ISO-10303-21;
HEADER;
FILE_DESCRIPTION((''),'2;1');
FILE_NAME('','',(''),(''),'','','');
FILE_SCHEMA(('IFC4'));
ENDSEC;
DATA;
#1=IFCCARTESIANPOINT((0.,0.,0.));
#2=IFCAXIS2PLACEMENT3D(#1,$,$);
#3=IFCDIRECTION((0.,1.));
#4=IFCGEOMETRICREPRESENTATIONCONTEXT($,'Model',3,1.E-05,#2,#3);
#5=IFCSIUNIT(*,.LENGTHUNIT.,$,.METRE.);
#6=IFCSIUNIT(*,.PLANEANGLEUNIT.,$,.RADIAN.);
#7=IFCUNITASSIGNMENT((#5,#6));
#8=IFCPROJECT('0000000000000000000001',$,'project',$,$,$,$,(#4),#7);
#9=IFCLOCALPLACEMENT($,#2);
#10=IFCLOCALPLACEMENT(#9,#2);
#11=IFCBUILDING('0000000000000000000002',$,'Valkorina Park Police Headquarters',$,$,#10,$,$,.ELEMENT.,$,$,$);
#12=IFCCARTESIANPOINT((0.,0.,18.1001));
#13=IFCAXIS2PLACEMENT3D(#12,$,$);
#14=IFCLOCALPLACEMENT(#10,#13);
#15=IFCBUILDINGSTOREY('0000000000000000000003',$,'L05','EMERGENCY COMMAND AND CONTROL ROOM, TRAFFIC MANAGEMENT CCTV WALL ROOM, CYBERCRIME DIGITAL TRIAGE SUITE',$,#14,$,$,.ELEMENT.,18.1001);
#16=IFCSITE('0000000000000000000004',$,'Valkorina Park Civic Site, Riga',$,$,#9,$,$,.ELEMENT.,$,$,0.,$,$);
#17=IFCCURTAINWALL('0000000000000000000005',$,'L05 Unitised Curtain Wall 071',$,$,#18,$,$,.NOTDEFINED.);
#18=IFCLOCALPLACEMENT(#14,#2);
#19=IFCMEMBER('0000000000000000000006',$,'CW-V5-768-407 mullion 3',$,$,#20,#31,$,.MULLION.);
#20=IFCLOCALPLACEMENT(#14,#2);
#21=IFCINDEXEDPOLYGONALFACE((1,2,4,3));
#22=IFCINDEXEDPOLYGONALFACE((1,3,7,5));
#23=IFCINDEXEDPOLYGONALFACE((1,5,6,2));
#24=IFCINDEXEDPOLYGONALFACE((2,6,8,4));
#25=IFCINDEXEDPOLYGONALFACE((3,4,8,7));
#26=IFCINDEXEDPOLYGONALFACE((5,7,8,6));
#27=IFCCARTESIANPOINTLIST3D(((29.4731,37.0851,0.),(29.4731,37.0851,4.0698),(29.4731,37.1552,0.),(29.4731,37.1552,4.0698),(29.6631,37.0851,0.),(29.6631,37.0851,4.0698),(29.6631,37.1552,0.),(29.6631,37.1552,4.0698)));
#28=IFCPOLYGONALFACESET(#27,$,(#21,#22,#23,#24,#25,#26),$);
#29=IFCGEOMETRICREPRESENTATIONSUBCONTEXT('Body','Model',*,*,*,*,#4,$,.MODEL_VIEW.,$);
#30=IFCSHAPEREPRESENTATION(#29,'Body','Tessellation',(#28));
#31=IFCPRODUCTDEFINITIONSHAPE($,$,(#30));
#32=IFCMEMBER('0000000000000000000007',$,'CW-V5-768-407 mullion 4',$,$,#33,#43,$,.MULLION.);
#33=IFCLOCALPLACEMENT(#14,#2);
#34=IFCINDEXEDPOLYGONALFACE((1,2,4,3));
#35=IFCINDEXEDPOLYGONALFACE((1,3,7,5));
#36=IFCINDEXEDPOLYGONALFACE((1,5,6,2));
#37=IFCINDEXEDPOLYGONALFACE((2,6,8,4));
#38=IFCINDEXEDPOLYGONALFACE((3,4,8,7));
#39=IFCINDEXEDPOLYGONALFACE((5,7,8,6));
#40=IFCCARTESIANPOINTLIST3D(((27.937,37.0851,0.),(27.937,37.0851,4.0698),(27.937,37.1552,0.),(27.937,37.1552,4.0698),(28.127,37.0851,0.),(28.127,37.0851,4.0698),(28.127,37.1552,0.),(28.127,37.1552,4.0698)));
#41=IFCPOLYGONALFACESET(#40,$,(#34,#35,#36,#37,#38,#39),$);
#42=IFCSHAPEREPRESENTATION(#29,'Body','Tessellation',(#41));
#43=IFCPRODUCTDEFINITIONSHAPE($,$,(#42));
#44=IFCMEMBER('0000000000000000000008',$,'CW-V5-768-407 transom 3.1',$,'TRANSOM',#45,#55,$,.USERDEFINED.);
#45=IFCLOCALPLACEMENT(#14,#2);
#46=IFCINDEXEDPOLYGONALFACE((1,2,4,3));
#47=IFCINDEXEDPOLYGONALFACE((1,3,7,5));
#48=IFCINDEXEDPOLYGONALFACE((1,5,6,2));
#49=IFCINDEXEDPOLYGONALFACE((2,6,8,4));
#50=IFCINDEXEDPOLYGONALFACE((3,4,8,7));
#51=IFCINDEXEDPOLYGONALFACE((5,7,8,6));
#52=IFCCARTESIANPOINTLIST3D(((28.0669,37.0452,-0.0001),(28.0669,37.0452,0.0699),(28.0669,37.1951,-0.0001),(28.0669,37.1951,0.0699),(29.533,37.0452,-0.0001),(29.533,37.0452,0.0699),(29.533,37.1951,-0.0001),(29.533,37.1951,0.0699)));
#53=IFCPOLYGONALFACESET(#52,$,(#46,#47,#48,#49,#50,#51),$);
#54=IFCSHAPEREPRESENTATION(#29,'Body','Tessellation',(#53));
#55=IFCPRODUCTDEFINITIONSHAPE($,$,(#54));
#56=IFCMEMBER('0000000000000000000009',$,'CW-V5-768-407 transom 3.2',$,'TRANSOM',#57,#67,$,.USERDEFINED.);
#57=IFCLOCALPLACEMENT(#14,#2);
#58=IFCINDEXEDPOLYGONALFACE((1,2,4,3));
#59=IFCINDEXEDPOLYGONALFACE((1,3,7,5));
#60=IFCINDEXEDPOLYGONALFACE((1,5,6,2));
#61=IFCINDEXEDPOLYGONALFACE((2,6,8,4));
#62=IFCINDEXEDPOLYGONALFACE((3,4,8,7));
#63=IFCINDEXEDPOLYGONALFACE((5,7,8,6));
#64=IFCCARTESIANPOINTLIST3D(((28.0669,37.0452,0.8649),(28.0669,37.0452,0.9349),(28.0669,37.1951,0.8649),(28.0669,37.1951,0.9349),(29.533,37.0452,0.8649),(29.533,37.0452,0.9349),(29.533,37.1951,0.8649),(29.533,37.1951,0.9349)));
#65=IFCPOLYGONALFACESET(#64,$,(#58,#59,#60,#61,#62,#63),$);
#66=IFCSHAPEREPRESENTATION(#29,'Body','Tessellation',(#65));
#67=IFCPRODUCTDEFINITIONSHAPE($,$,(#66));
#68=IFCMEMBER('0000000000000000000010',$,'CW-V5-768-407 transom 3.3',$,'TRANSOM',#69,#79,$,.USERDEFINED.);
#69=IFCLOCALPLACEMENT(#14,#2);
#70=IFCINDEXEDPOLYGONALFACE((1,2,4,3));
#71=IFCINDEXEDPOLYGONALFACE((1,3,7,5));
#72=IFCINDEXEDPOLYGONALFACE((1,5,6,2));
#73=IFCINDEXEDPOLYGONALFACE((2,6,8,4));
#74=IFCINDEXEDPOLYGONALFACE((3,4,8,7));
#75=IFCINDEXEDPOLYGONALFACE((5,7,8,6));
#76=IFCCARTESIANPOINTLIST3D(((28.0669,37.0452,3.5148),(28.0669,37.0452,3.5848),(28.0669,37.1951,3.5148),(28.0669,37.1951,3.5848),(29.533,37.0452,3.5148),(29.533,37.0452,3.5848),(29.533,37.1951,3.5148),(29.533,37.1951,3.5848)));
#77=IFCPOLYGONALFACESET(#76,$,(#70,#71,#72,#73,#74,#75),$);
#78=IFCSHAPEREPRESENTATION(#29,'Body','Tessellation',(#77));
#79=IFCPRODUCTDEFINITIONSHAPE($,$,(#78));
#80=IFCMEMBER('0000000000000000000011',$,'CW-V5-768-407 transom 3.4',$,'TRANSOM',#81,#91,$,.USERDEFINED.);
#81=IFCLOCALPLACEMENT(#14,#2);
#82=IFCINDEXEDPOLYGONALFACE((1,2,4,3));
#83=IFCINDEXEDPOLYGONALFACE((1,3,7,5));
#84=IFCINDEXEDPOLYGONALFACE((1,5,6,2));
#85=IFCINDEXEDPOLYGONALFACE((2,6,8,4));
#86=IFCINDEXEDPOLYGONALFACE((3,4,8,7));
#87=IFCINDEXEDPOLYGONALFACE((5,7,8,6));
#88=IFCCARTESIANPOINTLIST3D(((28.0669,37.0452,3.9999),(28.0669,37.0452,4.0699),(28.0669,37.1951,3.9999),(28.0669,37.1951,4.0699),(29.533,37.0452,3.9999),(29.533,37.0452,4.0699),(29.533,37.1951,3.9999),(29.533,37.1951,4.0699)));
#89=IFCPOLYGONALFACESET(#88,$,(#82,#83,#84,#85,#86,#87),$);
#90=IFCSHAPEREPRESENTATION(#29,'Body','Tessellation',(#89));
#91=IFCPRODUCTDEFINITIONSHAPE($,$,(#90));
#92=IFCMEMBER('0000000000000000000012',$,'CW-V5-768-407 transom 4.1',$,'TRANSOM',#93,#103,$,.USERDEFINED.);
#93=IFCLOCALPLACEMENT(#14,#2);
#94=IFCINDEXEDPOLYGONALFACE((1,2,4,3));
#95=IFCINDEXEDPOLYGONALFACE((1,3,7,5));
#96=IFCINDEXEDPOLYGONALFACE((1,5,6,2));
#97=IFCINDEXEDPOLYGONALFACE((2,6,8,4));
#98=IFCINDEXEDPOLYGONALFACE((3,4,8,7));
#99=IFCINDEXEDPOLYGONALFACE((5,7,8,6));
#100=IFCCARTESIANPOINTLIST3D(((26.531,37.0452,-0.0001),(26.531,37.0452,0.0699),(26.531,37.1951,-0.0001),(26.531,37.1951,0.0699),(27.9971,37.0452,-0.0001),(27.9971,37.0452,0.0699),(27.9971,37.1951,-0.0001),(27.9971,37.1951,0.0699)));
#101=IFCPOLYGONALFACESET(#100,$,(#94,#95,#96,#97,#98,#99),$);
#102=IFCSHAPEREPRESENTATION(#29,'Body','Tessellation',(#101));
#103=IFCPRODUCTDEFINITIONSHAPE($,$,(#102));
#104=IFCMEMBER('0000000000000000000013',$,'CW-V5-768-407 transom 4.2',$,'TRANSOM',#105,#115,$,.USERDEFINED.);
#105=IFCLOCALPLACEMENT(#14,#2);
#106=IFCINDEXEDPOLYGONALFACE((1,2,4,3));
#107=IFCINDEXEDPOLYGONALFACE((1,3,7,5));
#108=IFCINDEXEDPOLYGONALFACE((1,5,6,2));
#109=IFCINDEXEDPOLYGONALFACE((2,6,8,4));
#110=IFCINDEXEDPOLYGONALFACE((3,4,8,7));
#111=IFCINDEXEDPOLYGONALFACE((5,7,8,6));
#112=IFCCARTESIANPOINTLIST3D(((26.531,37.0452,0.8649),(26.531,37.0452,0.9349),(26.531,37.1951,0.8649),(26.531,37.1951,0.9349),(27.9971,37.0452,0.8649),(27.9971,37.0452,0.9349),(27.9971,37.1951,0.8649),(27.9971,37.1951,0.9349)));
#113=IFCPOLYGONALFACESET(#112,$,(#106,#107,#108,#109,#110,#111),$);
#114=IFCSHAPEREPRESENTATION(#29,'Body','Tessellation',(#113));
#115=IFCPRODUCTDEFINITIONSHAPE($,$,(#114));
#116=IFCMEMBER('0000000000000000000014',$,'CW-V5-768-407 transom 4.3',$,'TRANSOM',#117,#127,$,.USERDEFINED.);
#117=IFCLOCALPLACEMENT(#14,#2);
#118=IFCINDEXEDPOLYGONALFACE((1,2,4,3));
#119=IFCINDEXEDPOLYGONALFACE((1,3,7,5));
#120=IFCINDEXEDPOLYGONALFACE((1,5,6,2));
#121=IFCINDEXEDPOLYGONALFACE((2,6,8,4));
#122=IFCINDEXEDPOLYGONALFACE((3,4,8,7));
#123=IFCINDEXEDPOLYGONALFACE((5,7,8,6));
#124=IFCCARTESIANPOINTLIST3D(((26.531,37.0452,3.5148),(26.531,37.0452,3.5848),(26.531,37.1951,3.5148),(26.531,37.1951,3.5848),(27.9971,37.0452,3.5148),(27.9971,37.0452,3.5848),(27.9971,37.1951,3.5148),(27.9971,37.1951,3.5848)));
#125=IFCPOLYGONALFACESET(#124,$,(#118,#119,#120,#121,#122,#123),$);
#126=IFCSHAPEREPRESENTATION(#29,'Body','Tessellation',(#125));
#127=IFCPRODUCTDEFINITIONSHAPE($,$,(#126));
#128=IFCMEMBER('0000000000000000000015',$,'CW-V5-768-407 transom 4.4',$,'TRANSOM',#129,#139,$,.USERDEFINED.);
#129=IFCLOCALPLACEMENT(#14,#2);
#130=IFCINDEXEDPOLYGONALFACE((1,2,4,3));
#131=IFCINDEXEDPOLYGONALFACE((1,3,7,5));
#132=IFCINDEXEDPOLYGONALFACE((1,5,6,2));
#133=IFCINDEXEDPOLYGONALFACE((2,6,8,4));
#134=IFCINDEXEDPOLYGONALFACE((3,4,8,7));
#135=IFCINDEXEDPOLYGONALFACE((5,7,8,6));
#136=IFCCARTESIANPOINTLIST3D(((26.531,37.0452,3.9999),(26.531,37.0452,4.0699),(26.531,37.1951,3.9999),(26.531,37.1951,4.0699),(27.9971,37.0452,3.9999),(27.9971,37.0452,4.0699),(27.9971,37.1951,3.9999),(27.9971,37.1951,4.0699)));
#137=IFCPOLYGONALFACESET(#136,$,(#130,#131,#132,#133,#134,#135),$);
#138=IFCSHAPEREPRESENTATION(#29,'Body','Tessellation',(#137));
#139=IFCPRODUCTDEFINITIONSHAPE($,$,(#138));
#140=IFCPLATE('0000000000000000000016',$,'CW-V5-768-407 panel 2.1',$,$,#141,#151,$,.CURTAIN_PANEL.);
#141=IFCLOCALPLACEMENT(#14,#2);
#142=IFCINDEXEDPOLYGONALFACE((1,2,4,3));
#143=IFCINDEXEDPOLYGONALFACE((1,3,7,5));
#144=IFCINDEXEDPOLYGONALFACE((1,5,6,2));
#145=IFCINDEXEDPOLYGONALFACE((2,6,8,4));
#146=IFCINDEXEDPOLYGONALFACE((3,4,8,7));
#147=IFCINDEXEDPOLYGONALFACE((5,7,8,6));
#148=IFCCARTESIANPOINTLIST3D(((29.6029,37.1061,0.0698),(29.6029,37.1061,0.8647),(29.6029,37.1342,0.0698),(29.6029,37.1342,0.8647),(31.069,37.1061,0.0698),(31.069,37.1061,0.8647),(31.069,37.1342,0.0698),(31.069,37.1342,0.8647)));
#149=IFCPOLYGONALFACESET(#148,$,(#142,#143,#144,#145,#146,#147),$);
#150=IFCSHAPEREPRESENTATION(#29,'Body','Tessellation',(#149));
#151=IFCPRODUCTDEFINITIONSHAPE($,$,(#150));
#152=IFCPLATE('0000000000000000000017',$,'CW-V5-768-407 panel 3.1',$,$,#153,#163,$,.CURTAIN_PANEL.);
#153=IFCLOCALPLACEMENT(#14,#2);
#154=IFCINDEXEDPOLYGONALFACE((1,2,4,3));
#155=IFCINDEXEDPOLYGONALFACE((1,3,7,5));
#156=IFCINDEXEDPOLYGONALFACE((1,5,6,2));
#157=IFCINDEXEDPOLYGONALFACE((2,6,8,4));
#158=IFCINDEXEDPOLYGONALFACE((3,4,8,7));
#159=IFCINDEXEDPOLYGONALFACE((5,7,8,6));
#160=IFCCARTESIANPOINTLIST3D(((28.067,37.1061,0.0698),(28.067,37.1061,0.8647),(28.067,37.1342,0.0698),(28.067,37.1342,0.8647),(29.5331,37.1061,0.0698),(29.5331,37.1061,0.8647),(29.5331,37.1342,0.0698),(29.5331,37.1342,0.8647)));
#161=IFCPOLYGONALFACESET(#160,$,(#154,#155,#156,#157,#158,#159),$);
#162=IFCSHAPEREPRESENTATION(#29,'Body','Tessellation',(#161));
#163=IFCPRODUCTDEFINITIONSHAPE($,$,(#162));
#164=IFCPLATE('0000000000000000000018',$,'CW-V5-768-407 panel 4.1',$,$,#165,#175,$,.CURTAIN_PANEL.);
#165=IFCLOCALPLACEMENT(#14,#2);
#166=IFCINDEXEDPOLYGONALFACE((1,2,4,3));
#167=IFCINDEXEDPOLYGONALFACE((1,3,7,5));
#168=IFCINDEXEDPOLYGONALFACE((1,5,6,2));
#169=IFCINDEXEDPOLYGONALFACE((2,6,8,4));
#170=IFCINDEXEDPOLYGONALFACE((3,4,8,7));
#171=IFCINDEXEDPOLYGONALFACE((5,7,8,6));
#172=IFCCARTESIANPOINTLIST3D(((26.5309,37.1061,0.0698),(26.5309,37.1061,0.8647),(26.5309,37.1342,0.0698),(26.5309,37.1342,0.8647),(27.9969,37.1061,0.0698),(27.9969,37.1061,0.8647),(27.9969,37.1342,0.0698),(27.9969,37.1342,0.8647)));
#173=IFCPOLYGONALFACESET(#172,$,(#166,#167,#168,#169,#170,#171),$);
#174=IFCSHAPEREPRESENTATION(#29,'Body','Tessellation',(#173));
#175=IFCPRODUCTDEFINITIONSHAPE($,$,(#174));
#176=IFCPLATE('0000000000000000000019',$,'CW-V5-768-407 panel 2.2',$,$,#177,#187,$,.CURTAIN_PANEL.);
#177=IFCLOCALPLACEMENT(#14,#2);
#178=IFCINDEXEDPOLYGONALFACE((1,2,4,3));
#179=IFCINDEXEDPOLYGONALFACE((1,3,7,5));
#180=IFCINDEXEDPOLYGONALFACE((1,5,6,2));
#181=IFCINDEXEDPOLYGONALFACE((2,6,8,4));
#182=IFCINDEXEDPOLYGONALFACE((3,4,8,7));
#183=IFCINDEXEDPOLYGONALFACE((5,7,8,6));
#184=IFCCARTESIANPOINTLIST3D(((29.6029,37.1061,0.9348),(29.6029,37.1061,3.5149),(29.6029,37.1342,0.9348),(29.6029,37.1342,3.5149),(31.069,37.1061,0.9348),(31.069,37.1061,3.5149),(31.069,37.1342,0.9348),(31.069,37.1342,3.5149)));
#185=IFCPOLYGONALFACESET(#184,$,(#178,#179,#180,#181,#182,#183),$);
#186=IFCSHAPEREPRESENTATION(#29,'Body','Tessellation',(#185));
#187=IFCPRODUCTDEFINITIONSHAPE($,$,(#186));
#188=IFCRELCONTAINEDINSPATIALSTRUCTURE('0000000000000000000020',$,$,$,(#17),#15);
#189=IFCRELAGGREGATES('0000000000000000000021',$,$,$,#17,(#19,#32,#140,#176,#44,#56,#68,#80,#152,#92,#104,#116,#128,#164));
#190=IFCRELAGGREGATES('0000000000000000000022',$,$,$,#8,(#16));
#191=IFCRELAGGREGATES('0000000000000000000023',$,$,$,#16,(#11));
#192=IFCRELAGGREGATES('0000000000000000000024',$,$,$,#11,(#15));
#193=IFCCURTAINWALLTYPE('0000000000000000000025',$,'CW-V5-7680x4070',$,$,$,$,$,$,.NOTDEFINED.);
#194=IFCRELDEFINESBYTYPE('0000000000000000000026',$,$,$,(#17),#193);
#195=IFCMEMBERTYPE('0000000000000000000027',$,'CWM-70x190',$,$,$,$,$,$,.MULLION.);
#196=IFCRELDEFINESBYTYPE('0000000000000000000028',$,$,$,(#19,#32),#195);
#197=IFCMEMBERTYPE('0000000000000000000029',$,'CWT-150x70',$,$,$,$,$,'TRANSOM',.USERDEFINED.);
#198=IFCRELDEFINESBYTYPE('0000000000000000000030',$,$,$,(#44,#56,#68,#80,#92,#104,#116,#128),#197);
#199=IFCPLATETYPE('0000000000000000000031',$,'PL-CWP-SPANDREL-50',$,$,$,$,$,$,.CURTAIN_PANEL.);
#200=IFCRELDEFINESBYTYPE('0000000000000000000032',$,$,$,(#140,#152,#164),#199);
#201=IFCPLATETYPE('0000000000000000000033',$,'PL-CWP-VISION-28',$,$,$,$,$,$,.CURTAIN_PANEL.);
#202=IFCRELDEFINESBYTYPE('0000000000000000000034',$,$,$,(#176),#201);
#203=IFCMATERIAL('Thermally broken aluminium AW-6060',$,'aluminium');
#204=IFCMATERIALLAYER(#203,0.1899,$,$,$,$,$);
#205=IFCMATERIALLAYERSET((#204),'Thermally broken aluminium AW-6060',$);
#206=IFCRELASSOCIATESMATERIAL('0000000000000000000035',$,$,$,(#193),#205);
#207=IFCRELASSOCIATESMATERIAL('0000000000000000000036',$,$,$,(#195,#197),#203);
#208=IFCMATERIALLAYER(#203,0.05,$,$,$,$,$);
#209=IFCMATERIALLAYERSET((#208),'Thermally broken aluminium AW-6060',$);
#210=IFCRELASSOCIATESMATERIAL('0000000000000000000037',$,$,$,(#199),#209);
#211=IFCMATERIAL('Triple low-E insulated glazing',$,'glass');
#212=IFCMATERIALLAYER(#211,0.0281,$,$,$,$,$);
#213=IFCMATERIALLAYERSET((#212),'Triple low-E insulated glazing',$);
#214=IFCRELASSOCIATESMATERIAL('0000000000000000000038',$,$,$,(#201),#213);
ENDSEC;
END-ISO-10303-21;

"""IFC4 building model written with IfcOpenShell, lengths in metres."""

from ifc_helpers import new_model, si_unit, direction, frame, origin, origin_2d, place, context, subcontext, project, spatial, rectangle, extrude, material, layer, layer_set, material_profile, profile_set, type_object, element, aggregate, save


model = new_model("IFC4")

# Units and contexts
model_context = context("Model", 3, precision=1e-05, world=origin(), true_north=direction((0.0, 1.0)))
body_context = subcontext(model_context, "Body", "Model", "MODEL_VIEW")
ifc_project = project(units=[si_unit("LENGTHUNIT", "METRE"), si_unit("PLANEANGLEUNIT", "RADIAN")], contexts=[model_context])

# Site, building, storey
site_placement = place(None, origin())
site = spatial("IfcSite", under=ifc_project, at=site_placement, Name="Valkorina Park Civic Site, Riga", CompositionType="ELEMENT", RefElevation=0.0)
building_placement = place(site_placement, origin())
building = spatial("IfcBuilding", under=site, at=building_placement, Name="Valkorina Park Police Headquarters", CompositionType="ELEMENT")
storey_placement = place(building_placement, frame((0.0, 0.0, 18.1001)))
storey = spatial("IfcBuildingStorey", under=building, at=storey_placement, Name="L05", Description="EMERGENCY COMMAND AND CONTROL ROOM, TRAFFIC MANAGEMENT CCTV WALL ROOM, CYBERCRIME DIGITAL TRIAGE SUITE", CompositionType="ELEMENT", Elevation=18.1001)

# Curtain wall, members, plates
ifc_material_1 = material(Name="Thermally broken aluminium AW-6060", Category="aluminium")
ifc_layer_1 = layer(ifc_material_1, 0.1899)
ifc_layer_set_1 = layer_set([ifc_layer_1], Name="Thermally broken aluminium AW-6060")
curtain_wall_type = type_object("IfcCurtainWallType", Name="CW-V5-7680x4070", PredefinedType="NOTDEFINED", material=ifc_layer_set_1)
curtain_wall_placement = place(storey_placement, origin())
curtain_wall = element("IfcCurtainWall", 1, at=curtain_wall_placement, inside=storey, type_object=curtain_wall_type, Name="L05 Unitised Curtain Wall 071", PredefinedType="NOTDEFINED")
ifc_material_profile_1 = material_profile(ifc_material_1, rectangle(XDim=0.0701, YDim=0.1899, at=origin_2d()), Name="CWM-02 70x190")
ifc_profile_set_1 = profile_set([ifc_material_profile_1], Name="Thermally broken aluminium AW-6060")
member_type_1 = type_object("IfcMemberType", Name="CWM-70x190", PredefinedType="MULLION", material=ifc_profile_set_1)
member_1_placement = place(storey_placement, frame((29.5681, 37.1201, 0.0), z_axis=(0.0, 0.0, 1.0), x_axis=(0.0, -1.0, 0.0)))
member_1 = element("IfcMember", 2, at=member_1_placement, type_object=member_type_1, Name="CW-V5-768-407 mullion 3", PredefinedType="MULLION", context=body_context, shape_type="SweptSolid", body=[
    extrude(rectangle(XDim=0.0701, YDim=0.1899, at=origin_2d()), origin(), (0.0, 0.0, 1.0), 4.0698),
])
member_2_placement = place(storey_placement, frame((28.032, 37.1201, 0.0), z_axis=(0.0, 0.0, 1.0), x_axis=(0.0, -1.0, 0.0)))
member_2 = element("IfcMember", 3, at=member_2_placement, type_object=member_type_1, Name="CW-V5-768-407 mullion 4", PredefinedType="MULLION", context=body_context, shape_type="SweptSolid", body=[
    extrude(rectangle(XDim=0.0701, YDim=0.1899, at=origin_2d()), origin(), (0.0, 0.0, 1.0), 4.0698),
])
ifc_material_profile_2 = material_profile(ifc_material_1, rectangle(XDim=0.1499, YDim=0.0701, at=origin_2d()), Name="CWT-02 150x70")
ifc_profile_set_2 = profile_set([ifc_material_profile_2], Name="Thermally broken aluminium AW-6060")
member_type_2 = type_object("IfcMemberType", Name="CWT-150x70", ElementType="TRANSOM", PredefinedType="USERDEFINED", material=ifc_profile_set_2)
member_3_placement = place(storey_placement, frame((29.533, 37.1201, 0.0349), z_axis=(-1.0, 0.0, 0.0), x_axis=(0.0, -1.0, 0.0)))
member_3 = element("IfcMember", 4, at=member_3_placement, type_object=member_type_2, Name="CW-V5-768-407 transom 3.1", ObjectType="TRANSOM", PredefinedType="USERDEFINED", context=body_context, shape_type="SweptSolid", body=[
    extrude(rectangle(XDim=0.1499, YDim=0.0701, at=origin_2d()), origin(), (0.0, 0.0, 1.0), 1.4661),
])
member_4_placement = place(storey_placement, frame((29.533, 37.1201, 0.8999), z_axis=(-1.0, 0.0, 0.0), x_axis=(0.0, -1.0, 0.0)))
member_4 = element("IfcMember", 5, at=member_4_placement, type_object=member_type_2, Name="CW-V5-768-407 transom 3.2", ObjectType="TRANSOM", PredefinedType="USERDEFINED", context=body_context, shape_type="SweptSolid", body=[
    extrude(rectangle(XDim=0.1499, YDim=0.0701, at=origin_2d()), origin(), (0.0, 0.0, 1.0), 1.4661),
])
member_5_placement = place(storey_placement, frame((29.533, 37.1201, 3.5498), z_axis=(-1.0, 0.0, 0.0), x_axis=(0.0, -1.0, 0.0)))
member_5 = element("IfcMember", 6, at=member_5_placement, type_object=member_type_2, Name="CW-V5-768-407 transom 3.3", ObjectType="TRANSOM", PredefinedType="USERDEFINED", context=body_context, shape_type="SweptSolid", body=[
    extrude(rectangle(XDim=0.1499, YDim=0.0701, at=origin_2d()), origin(), (0.0, 0.0, 1.0), 1.4661),
])
member_6_placement = place(storey_placement, frame((29.533, 37.1201, 4.0349), z_axis=(-1.0, 0.0, 0.0), x_axis=(0.0, -1.0, 0.0)))
member_6 = element("IfcMember", 7, at=member_6_placement, type_object=member_type_2, Name="CW-V5-768-407 transom 3.4", ObjectType="TRANSOM", PredefinedType="USERDEFINED", context=body_context, shape_type="SweptSolid", body=[
    extrude(rectangle(XDim=0.1499, YDim=0.0701, at=origin_2d()), origin(), (0.0, 0.0, 1.0), 1.4661),
])
member_7_placement = place(storey_placement, frame((27.9971, 37.1201, 0.0349), z_axis=(-1.0, 0.0, 0.0), x_axis=(0.0, -1.0, 0.0)))
member_7 = element("IfcMember", 8, at=member_7_placement, type_object=member_type_2, Name="CW-V5-768-407 transom 4.1", ObjectType="TRANSOM", PredefinedType="USERDEFINED", context=body_context, shape_type="SweptSolid", body=[
    extrude(rectangle(XDim=0.1499, YDim=0.0701, at=origin_2d()), origin(), (0.0, 0.0, 1.0), 1.4661),
])
member_8_placement = place(storey_placement, frame((27.9971, 37.1201, 0.8999), z_axis=(-1.0, 0.0, 0.0), x_axis=(0.0, -1.0, 0.0)))
member_8 = element("IfcMember", 9, at=member_8_placement, type_object=member_type_2, Name="CW-V5-768-407 transom 4.2", ObjectType="TRANSOM", PredefinedType="USERDEFINED", context=body_context, shape_type="SweptSolid", body=[
    extrude(rectangle(XDim=0.1499, YDim=0.0701, at=origin_2d()), origin(), (0.0, 0.0, 1.0), 1.4661),
])
member_9_placement = place(storey_placement, frame((27.9971, 37.1201, 3.5498), z_axis=(-1.0, 0.0, 0.0), x_axis=(0.0, -1.0, 0.0)))
member_9 = element("IfcMember", 10, at=member_9_placement, type_object=member_type_2, Name="CW-V5-768-407 transom 4.3", ObjectType="TRANSOM", PredefinedType="USERDEFINED", context=body_context, shape_type="SweptSolid", body=[
    extrude(rectangle(XDim=0.1499, YDim=0.0701, at=origin_2d()), origin(), (0.0, 0.0, 1.0), 1.4661),
])
member_10_placement = place(storey_placement, frame((27.9971, 37.1201, 4.0349), z_axis=(-1.0, 0.0, 0.0), x_axis=(0.0, -1.0, 0.0)))
member_10 = element("IfcMember", 11, at=member_10_placement, type_object=member_type_2, Name="CW-V5-768-407 transom 4.4", ObjectType="TRANSOM", PredefinedType="USERDEFINED", context=body_context, shape_type="SweptSolid", body=[
    extrude(rectangle(XDim=0.1499, YDim=0.0701, at=origin_2d()), origin(), (0.0, 0.0, 1.0), 1.4661),
])
ifc_layer_2 = layer(ifc_material_1, 0.05)
ifc_layer_set_2 = layer_set([ifc_layer_2], Name="Thermally broken aluminium AW-6060")
plate_type_1 = type_object("IfcPlateType", Name="PL-CWP-SPANDREL-50", PredefinedType="CURTAIN_PANEL", material=ifc_layer_set_2)
plate_1_placement = place(storey_placement, frame((30.3359, 37.1201, 0.0698), z_axis=(0.0, 0.0, 1.0), x_axis=(-1.0, 0.0, 0.0)))
plate_1 = element("IfcPlate", 12, at=plate_1_placement, type_object=plate_type_1, Name="CW-V5-768-407 panel 2.1", PredefinedType="CURTAIN_PANEL", context=body_context, shape_type="SweptSolid", body=[
    extrude(rectangle(XDim=1.4661, YDim=0.0281, at=origin_2d()), origin(), (0.0, 0.0, 1.0), 0.7949),
])
plate_2_placement = place(storey_placement, frame((28.8, 37.1201, 0.0698), z_axis=(0.0, 0.0, 1.0), x_axis=(-1.0, 0.0, 0.0)))
plate_2 = element("IfcPlate", 13, at=plate_2_placement, type_object=plate_type_1, Name="CW-V5-768-407 panel 3.1", PredefinedType="CURTAIN_PANEL", context=body_context, shape_type="SweptSolid", body=[
    extrude(rectangle(XDim=1.4661, YDim=0.0281, at=origin_2d()), origin(), (0.0, 0.0, 1.0), 0.7949),
])
plate_3_placement = place(storey_placement, frame((27.2639, 37.1201, 0.0698), z_axis=(0.0, 0.0, 1.0), x_axis=(-1.0, 0.0, 0.0)))
plate_3 = element("IfcPlate", 14, at=plate_3_placement, type_object=plate_type_1, Name="CW-V5-768-407 panel 4.1", PredefinedType="CURTAIN_PANEL", context=body_context, shape_type="SweptSolid", body=[
    extrude(rectangle(XDim=1.4661, YDim=0.0281, at=origin_2d()), origin(), (0.0, 0.0, 1.0), 0.7949),
])
ifc_material_2 = material(Name="Triple low-E insulated glazing", Category="glass")
ifc_layer_3 = layer(ifc_material_2, 0.0281)
ifc_layer_set_3 = layer_set([ifc_layer_3], Name="Triple low-E insulated glazing")
plate_type_2 = type_object("IfcPlateType", Name="PL-CWP-VISION-28", PredefinedType="CURTAIN_PANEL", material=ifc_layer_set_3)
plate_4_placement = place(storey_placement, frame((30.3359, 37.1201, 0.9348), z_axis=(0.0, 0.0, 1.0), x_axis=(-1.0, 0.0, 0.0)))
plate_4 = element("IfcPlate", 15, at=plate_4_placement, type_object=plate_type_2, Name="CW-V5-768-407 panel 2.2", PredefinedType="CURTAIN_PANEL", context=body_context, shape_type="SweptSolid", body=[
    extrude(rectangle(XDim=1.4661, YDim=0.0281, at=origin_2d()), origin(), (0.0, 0.0, 1.0), 2.5801),
])
aggregate(curtain_wall, [member_1, member_2, plate_1, plate_4, member_3, member_4, member_5, member_6, plate_2, member_7, member_8, member_9, member_10, plate_3])

save(model, "model.ifc")
